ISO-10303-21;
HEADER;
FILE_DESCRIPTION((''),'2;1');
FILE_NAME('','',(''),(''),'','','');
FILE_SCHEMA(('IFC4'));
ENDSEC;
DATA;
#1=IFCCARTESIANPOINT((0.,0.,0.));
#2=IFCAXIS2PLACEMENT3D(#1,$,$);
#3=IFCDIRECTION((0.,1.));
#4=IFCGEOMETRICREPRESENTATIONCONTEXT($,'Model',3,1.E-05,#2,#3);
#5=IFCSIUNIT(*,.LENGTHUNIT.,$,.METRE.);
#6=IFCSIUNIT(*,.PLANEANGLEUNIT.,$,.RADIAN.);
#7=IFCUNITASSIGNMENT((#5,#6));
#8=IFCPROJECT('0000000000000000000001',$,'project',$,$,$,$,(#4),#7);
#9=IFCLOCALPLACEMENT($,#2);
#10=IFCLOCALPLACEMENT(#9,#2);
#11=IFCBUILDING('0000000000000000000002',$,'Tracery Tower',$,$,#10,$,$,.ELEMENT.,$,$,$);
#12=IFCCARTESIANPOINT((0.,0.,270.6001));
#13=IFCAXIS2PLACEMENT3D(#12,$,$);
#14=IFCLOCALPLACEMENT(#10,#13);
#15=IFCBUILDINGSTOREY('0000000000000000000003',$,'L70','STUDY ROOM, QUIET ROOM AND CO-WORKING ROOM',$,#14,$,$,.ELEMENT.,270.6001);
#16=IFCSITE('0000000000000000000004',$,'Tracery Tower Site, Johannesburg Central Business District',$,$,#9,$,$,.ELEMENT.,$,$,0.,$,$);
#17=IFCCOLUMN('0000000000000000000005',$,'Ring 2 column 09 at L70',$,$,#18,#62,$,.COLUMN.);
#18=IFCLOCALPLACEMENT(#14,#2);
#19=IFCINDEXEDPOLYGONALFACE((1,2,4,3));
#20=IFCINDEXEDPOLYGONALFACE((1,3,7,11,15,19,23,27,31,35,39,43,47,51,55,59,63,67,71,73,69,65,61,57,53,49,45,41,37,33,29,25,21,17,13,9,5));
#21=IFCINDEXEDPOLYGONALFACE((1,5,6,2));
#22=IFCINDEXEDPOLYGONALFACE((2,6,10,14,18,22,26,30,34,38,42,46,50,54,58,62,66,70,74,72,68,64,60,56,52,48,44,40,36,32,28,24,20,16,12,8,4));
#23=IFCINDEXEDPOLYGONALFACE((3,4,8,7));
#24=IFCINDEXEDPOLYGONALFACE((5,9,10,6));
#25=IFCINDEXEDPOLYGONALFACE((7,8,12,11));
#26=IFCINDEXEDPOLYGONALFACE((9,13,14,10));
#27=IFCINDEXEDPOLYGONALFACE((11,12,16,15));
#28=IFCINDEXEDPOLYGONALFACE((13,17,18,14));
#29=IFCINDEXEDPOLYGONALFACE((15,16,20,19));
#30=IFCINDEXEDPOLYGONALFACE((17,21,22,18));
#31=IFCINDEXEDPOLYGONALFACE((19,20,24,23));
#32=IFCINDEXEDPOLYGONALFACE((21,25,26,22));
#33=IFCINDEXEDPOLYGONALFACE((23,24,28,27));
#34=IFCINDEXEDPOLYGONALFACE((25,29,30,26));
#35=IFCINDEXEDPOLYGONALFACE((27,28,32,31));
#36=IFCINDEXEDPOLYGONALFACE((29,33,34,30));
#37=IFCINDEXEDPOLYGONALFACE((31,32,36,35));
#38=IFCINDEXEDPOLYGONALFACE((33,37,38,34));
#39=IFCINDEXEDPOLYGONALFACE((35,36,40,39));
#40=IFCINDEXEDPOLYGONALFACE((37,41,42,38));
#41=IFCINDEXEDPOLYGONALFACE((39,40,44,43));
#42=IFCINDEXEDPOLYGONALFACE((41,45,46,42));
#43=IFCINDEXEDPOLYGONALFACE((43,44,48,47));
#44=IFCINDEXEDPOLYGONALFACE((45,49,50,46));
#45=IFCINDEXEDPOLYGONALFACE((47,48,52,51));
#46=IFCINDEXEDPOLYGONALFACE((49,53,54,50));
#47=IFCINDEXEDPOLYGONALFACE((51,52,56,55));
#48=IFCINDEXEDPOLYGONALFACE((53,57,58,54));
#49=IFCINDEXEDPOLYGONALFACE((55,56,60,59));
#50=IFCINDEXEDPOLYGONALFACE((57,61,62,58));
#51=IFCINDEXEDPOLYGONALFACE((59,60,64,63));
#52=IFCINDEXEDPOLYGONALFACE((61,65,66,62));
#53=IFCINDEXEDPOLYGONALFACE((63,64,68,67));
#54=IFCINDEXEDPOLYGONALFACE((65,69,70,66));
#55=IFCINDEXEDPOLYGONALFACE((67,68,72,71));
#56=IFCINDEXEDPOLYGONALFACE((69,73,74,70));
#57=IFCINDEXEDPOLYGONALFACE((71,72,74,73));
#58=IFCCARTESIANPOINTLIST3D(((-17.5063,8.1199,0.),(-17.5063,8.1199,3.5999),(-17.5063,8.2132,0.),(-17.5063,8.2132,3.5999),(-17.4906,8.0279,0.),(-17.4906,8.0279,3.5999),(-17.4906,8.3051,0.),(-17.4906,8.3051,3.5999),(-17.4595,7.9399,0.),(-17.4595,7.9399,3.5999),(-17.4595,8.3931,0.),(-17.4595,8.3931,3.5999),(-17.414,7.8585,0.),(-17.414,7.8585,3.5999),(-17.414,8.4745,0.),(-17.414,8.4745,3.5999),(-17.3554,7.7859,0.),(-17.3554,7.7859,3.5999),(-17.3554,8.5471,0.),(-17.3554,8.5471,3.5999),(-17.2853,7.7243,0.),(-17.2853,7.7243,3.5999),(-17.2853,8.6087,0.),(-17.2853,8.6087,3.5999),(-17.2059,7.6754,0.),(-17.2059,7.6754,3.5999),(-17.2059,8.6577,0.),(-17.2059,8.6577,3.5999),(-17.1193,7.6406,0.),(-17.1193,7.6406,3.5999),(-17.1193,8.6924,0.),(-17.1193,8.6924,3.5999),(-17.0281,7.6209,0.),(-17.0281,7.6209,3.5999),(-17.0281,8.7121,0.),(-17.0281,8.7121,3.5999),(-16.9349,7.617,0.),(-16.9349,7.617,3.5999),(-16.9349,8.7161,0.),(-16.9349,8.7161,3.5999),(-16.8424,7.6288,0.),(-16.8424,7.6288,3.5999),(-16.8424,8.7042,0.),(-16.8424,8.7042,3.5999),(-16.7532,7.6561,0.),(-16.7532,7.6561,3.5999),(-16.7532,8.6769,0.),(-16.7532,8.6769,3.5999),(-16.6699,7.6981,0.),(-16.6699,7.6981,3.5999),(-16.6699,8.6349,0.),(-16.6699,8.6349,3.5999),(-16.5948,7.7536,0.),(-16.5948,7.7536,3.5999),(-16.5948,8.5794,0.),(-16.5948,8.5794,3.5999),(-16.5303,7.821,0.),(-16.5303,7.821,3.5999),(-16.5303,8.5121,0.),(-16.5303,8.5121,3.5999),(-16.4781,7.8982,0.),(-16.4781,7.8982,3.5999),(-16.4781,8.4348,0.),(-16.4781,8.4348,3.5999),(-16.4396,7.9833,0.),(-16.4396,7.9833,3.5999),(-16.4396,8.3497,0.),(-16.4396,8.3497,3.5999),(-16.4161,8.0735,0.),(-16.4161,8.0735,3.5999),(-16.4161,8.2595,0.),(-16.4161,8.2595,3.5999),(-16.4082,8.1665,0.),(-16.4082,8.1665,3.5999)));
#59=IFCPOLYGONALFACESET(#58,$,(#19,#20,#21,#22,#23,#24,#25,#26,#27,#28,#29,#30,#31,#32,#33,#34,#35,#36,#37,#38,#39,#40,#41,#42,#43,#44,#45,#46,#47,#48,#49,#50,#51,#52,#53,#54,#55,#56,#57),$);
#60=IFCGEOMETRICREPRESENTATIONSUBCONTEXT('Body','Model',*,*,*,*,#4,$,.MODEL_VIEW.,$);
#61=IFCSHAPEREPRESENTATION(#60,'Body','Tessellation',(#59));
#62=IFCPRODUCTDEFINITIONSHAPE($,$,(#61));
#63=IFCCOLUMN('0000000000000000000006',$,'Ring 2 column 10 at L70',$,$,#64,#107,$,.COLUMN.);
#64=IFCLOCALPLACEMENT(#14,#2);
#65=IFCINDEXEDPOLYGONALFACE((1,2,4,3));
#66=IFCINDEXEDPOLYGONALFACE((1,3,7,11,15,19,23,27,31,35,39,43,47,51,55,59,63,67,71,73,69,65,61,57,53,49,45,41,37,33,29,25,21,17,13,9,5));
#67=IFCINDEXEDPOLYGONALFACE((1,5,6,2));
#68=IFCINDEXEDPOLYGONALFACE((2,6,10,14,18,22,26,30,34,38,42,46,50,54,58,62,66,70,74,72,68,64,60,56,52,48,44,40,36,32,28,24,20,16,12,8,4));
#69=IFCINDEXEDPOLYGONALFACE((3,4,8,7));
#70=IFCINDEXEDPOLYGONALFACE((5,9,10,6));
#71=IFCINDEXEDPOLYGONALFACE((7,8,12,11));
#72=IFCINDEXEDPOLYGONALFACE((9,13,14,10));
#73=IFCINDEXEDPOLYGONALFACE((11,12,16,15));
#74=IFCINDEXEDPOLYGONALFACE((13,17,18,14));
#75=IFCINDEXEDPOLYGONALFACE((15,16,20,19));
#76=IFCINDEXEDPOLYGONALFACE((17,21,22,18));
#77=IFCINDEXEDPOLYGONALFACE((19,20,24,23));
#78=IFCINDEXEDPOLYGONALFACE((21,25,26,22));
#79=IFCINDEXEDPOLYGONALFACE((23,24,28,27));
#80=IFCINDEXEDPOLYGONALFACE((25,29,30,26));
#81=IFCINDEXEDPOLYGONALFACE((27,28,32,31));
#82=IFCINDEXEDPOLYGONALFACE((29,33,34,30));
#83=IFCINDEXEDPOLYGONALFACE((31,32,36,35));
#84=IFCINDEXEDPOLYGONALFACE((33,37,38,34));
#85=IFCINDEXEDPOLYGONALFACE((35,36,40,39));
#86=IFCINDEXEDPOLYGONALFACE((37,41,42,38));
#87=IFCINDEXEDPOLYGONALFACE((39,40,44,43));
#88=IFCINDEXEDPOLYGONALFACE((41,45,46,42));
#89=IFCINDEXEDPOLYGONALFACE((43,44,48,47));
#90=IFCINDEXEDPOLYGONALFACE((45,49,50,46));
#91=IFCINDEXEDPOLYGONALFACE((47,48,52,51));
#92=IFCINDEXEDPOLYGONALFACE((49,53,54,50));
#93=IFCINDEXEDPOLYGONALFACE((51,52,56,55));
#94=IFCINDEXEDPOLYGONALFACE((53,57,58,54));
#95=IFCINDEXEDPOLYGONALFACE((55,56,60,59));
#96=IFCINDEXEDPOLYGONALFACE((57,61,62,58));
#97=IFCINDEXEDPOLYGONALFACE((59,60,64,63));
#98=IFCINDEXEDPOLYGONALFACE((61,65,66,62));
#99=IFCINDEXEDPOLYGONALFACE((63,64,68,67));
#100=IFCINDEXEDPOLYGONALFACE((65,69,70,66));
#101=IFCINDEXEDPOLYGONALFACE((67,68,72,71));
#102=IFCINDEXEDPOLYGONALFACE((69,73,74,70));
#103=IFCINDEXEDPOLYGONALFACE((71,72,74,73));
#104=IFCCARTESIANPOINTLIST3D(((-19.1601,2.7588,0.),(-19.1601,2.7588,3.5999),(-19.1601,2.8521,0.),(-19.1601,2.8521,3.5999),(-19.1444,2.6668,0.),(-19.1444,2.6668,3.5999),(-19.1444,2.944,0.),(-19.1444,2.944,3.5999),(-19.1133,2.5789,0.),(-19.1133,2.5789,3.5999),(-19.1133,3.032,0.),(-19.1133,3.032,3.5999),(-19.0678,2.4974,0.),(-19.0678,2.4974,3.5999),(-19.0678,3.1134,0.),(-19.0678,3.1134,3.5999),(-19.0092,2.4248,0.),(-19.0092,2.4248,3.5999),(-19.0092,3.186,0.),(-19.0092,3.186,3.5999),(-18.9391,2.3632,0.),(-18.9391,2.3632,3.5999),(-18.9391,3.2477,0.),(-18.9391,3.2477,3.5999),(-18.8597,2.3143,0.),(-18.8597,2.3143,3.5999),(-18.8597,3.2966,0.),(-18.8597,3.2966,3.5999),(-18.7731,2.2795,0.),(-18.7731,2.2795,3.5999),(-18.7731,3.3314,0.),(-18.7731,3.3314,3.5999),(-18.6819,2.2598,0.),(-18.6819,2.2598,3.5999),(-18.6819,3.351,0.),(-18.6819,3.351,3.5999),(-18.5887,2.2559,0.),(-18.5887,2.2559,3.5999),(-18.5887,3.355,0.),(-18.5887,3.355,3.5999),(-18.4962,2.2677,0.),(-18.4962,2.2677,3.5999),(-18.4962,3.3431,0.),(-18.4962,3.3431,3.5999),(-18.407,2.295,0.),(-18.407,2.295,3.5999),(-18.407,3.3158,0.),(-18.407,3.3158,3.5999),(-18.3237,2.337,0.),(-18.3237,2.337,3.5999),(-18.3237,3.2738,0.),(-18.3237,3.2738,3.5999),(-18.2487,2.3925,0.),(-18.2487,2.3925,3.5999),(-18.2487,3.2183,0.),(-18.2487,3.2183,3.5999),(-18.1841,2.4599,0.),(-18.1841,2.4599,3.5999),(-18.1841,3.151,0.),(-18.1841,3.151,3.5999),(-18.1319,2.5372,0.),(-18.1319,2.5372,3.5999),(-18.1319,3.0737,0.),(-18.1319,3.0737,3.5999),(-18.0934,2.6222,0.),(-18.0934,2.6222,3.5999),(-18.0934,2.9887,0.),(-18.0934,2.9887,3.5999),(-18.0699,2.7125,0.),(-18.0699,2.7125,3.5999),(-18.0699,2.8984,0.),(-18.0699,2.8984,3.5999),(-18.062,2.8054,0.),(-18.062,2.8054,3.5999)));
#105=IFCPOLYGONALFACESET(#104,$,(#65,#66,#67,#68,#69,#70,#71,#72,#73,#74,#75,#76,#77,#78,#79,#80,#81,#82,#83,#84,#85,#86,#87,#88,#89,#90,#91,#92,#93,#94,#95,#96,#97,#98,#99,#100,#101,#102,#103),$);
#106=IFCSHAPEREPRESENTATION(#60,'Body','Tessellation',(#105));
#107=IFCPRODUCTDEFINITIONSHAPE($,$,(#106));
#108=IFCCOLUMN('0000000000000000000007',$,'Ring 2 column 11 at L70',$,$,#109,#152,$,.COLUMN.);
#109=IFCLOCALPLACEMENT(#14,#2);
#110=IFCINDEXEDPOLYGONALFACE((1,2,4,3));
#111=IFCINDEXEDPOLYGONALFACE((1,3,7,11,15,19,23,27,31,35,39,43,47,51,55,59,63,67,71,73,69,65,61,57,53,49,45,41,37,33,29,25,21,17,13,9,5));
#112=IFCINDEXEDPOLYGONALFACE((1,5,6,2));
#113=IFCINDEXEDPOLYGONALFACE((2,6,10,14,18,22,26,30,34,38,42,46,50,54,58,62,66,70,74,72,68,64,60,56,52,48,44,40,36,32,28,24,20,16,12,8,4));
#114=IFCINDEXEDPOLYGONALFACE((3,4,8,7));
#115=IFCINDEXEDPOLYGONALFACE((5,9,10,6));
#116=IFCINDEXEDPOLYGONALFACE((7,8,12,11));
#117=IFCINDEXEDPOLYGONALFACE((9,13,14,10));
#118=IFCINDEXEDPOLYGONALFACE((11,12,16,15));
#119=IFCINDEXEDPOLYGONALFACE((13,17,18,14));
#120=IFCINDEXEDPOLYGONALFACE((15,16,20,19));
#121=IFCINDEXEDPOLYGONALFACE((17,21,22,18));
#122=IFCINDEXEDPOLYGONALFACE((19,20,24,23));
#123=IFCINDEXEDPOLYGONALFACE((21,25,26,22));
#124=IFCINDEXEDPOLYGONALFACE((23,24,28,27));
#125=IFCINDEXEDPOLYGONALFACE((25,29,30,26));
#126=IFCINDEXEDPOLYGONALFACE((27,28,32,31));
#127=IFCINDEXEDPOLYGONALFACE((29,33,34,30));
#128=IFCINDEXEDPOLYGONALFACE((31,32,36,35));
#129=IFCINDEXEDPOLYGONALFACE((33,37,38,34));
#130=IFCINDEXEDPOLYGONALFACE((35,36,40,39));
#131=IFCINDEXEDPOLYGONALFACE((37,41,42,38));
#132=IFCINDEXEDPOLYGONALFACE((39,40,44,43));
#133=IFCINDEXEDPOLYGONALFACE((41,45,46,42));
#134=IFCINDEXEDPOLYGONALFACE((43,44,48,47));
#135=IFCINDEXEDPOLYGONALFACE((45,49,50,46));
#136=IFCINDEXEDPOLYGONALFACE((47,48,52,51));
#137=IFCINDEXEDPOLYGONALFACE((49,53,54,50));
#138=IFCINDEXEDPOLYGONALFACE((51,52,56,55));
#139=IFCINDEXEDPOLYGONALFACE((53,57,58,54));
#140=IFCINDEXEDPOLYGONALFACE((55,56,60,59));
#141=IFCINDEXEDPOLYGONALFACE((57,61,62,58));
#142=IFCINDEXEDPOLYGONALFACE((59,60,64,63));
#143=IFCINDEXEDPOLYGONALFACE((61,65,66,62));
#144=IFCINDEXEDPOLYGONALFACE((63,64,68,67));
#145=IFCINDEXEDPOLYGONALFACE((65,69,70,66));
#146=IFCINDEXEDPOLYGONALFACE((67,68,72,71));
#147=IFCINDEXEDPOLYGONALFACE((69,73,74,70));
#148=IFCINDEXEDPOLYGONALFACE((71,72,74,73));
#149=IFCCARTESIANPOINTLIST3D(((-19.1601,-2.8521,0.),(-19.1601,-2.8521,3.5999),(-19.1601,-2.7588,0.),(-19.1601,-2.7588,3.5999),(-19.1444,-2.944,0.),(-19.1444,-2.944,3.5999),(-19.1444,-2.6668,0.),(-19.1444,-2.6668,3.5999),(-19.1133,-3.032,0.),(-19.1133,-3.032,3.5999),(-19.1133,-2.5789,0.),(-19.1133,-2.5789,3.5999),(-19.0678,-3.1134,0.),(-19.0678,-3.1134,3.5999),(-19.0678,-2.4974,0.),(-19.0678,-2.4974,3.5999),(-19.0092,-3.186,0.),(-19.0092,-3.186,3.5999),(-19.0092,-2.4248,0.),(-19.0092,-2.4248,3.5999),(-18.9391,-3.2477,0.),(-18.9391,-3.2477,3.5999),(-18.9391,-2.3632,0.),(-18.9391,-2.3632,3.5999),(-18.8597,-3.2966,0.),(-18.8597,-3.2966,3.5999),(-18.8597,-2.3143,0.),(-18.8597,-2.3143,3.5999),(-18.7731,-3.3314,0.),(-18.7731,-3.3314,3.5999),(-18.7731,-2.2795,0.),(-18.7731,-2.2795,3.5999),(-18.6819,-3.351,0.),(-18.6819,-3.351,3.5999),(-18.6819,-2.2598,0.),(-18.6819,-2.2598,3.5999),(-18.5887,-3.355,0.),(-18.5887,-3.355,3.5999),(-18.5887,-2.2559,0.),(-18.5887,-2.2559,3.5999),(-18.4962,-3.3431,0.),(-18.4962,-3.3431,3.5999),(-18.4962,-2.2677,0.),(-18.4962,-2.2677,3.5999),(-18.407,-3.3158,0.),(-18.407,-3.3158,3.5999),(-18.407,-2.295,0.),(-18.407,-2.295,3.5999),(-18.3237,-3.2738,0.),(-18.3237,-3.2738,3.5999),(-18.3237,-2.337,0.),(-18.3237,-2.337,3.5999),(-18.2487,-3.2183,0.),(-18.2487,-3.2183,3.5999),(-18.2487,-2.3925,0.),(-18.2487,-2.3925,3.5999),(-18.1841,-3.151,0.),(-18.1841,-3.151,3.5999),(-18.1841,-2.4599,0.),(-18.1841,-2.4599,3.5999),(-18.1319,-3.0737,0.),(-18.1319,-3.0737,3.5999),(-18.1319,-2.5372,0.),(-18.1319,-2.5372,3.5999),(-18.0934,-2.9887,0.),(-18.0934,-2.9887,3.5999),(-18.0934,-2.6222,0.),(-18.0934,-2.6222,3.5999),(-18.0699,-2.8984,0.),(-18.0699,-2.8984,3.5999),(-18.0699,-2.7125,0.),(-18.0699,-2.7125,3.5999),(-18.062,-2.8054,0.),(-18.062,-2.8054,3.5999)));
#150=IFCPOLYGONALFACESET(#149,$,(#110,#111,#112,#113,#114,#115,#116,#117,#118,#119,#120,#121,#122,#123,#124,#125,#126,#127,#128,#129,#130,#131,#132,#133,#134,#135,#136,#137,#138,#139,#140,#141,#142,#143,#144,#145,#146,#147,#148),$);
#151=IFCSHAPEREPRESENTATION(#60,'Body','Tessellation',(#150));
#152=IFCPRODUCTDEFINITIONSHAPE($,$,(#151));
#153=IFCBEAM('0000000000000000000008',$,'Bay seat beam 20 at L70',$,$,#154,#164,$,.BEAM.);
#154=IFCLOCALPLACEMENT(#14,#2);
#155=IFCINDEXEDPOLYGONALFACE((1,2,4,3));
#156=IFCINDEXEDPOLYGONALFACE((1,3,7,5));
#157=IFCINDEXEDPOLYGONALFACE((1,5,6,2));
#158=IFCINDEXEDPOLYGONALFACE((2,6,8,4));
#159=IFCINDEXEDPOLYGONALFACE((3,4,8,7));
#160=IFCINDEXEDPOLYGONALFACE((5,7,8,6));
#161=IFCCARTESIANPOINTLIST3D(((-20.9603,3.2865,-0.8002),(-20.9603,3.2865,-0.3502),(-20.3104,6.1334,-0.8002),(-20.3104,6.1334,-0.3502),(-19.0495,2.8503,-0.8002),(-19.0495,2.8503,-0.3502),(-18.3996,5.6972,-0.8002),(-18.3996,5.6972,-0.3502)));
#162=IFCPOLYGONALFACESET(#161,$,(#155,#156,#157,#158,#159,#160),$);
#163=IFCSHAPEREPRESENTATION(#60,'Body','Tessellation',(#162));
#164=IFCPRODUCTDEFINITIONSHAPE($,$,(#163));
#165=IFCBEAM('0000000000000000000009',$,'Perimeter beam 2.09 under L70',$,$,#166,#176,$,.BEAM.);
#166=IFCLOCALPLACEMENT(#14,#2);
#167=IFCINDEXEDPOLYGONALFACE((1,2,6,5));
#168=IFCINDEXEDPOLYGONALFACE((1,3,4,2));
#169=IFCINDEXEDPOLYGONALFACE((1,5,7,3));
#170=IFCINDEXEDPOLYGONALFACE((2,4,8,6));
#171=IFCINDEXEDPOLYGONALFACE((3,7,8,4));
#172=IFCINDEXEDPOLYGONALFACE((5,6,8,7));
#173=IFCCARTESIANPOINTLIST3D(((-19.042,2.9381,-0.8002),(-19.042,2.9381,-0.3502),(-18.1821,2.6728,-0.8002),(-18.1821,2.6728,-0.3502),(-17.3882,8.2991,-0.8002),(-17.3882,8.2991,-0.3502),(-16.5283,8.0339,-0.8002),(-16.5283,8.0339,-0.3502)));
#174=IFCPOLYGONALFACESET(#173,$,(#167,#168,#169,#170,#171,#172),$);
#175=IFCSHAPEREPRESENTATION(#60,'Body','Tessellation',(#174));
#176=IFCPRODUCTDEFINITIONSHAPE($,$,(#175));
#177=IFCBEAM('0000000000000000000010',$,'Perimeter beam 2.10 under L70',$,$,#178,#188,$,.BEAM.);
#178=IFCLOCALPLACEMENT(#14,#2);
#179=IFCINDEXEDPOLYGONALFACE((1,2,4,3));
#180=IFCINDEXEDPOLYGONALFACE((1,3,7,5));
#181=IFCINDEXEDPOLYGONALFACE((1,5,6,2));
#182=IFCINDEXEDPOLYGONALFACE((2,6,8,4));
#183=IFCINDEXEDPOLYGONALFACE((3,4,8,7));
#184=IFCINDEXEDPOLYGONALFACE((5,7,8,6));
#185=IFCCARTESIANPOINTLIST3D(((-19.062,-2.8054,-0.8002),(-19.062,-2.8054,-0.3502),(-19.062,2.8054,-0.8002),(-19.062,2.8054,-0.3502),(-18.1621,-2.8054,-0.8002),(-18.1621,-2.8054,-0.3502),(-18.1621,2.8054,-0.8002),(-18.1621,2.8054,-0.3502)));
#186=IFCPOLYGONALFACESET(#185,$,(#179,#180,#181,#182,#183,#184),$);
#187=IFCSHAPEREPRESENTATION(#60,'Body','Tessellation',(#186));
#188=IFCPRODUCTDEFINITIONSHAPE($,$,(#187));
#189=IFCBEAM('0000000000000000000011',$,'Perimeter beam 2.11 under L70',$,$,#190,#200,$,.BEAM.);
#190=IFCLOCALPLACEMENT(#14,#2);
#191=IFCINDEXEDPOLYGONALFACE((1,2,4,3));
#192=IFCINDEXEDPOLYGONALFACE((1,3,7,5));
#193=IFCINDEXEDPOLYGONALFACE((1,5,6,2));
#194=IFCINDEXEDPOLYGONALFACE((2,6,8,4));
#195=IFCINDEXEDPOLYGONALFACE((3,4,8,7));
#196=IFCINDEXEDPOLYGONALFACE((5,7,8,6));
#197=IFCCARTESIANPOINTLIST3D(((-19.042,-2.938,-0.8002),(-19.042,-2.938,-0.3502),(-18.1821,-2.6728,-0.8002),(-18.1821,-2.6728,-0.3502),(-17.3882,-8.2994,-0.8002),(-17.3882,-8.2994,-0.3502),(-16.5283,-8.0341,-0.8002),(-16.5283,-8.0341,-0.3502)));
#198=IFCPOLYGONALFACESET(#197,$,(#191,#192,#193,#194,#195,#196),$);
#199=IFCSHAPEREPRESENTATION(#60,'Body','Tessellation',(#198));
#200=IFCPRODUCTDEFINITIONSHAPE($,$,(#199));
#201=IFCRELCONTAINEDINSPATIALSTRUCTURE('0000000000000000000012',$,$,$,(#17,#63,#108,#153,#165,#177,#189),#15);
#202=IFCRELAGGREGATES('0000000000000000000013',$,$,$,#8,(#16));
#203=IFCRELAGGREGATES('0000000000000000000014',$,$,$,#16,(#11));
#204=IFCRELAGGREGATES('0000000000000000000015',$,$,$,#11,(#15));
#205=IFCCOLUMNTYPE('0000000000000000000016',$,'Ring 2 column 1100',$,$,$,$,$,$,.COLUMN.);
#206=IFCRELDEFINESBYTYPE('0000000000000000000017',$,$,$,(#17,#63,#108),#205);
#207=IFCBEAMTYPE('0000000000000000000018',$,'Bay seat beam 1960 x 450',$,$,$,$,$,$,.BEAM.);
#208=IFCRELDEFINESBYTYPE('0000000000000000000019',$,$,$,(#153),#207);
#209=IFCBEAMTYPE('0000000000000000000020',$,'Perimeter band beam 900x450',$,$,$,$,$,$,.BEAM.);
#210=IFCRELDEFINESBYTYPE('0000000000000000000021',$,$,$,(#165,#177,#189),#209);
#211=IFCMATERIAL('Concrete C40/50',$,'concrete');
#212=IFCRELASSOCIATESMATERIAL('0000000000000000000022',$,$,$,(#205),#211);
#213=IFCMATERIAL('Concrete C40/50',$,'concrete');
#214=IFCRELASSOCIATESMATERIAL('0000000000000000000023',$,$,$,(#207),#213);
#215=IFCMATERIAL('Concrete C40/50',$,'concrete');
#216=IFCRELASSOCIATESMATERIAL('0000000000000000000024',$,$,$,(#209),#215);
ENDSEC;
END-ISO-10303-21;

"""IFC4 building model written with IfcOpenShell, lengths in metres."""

from ifc_helpers import new_model, si_unit, direction, frame, origin, origin_2d, place, context, subcontext, project, spatial, rectangle, circle, extrude, material, material_profile, profile_set, type_object, element, save


model = new_model("IFC4")

# Units and contexts
model_context = context("Model", 3, precision=1e-05, world=origin(), true_north=direction((0.0, 1.0)))
body_context = subcontext(model_context, "Body", "Model", "MODEL_VIEW")
ifc_project = project(units=[si_unit("LENGTHUNIT", "METRE"), si_unit("PLANEANGLEUNIT", "RADIAN")], contexts=[model_context])

# Site, building, storey
site_placement = place(None, origin())
site = spatial("IfcSite", under=ifc_project, at=site_placement, Name="Tracery Tower Site, Johannesburg Central Business District", CompositionType="ELEMENT", RefElevation=0.0)
building_placement = place(site_placement, origin())
building = spatial("IfcBuilding", under=site, at=building_placement, Name="Tracery Tower", CompositionType="ELEMENT")
storey_placement = place(building_placement, frame((0.0, 0.0, 270.6001)))
storey = spatial("IfcBuildingStorey", under=building, at=storey_placement, Name="L70", Description="STUDY ROOM, QUIET ROOM AND CO-WORKING ROOM", CompositionType="ELEMENT", Elevation=270.6001)

# Columns
ifc_material_1 = material(Name="Concrete C40/50", Category="concrete")
ifc_material_profile_1 = material_profile(ifc_material_1, circle(Radius=0.55, at=origin_2d()), Name="RC D1100")
ifc_profile_set_1 = profile_set([ifc_material_profile_1], Name="Concrete C40/50")
column_type = type_object("IfcColumnType", Name="Ring 2 column 1100", PredefinedType="COLUMN", material=ifc_profile_set_1)
for number, where, z_axis, x_axis, name in (
    (1, (-16.9583, 8.1665, 0.0), (0.0, 0.0, 1.0), (1.0, 0.0, 0.0), "Ring 2 column 09 at L70"),
    (2, (-18.6121, 2.8054, 0.0), (0.0, 0.0, 1.0), (1.0, 0.0, 0.0), "Ring 2 column 10 at L70"),
    (3, (-18.6121, -2.8054, 0.0), (0.0, 0.0, 1.0), (1.0, 0.0, 0.0), "Ring 2 column 11 at L70"),
):
    element("IfcColumn", number, at=place(storey_placement, frame(where, z_axis=z_axis, x_axis=x_axis)), inside=storey, type_object=column_type, Name=name, PredefinedType="COLUMN", context=body_context, shape_type="SweptSolid", body=[
        extrude(circle(Radius=0.55, at=origin_2d()), origin(), (0.0, 0.0, 1.0), 3.5999),
    ])

# Beams
ifc_material_2 = material(Name="Concrete C40/50", Category="concrete")
ifc_material_profile_2 = material_profile(ifc_material_2, rectangle(XDim=1.96, YDim=0.45, at=origin_2d()), Name="RC 1960x450")
ifc_profile_set_2 = profile_set([ifc_material_profile_2], Name="Concrete C40/50")
beam_type_1 = type_object("IfcBeamType", Name="Bay seat beam 1960 x 450", PredefinedType="BEAM", material=ifc_profile_set_2)
beam_1_placement = place(storey_placement, frame((-19.355, 5.9153, -0.5752), z_axis=(-0.222557, -0.97492, 0.0), x_axis=(0.97492, -0.222557, 0.0)))
element("IfcBeam", 4, at=beam_1_placement, inside=storey, type_object=beam_type_1, Name="Bay seat beam 20 at L70", PredefinedType="BEAM", context=body_context, shape_type="SweptSolid", body=[
    extrude(rectangle(XDim=1.96, YDim=0.45, at=origin_2d()), origin(), (0.0, 0.0, 1.0), 2.9202),
])
ifc_material_3 = material(Name="Concrete C40/50", Category="concrete")
ifc_material_profile_3 = material_profile(ifc_material_3, rectangle(XDim=0.8999, YDim=0.45, at=origin_2d()), Name="RC 900x450")
ifc_profile_set_3 = profile_set([ifc_material_profile_3], Name="Concrete C40/50")
beam_type_2 = type_object("IfcBeamType", Name="Perimeter band beam 900x450", PredefinedType="BEAM", material=ifc_profile_set_3)
beam_2_placement = place(storey_placement, frame((-16.9583, 8.1665, -0.5752), z_axis=(-0.294777, -0.955566, 0.0), x_axis=(0.955566, -0.294777, 0.0)))
element("IfcBeam", 5, at=beam_2_placement, inside=storey, type_object=beam_type_2, Name="Perimeter beam 2.09 under L70", PredefinedType="BEAM", context=body_context, shape_type="SweptSolid", body=[
    extrude(rectangle(XDim=0.8999, YDim=0.45, at=origin_2d()), origin(), (0.0, 0.0, 1.0), 5.6104),
])
beam_3_placement = place(storey_placement, frame((-18.6121, 2.8054, -0.5752), z_axis=(0.0, -1.0, 0.0), x_axis=(1.0, 0.0, 0.0)))
element("IfcBeam", 6, at=beam_3_placement, inside=storey, type_object=beam_type_2, Name="Perimeter beam 2.10 under L70", PredefinedType="BEAM", context=body_context, shape_type="SweptSolid", body=[
    extrude(rectangle(XDim=0.8999, YDim=0.45, at=origin_2d()), origin(), (0.0, 0.0, 1.0), 5.6108),
])
beam_4_placement = place(storey_placement, frame((-18.6121, -2.8054, -0.5752), z_axis=(0.294765, -0.95557, 0.0), x_axis=(0.95557, 0.294765, 0.0)))
element("IfcBeam", 7, at=beam_4_placement, inside=storey, type_object=beam_type_2, Name="Perimeter beam 2.11 under L70", PredefinedType="BEAM", context=body_context, shape_type="SweptSolid", body=[
    extrude(rectangle(XDim=0.8999, YDim=0.45, at=origin_2d()), origin(), (0.0, 0.0, 1.0), 5.6106),
])

save(model, "model.ifc")
